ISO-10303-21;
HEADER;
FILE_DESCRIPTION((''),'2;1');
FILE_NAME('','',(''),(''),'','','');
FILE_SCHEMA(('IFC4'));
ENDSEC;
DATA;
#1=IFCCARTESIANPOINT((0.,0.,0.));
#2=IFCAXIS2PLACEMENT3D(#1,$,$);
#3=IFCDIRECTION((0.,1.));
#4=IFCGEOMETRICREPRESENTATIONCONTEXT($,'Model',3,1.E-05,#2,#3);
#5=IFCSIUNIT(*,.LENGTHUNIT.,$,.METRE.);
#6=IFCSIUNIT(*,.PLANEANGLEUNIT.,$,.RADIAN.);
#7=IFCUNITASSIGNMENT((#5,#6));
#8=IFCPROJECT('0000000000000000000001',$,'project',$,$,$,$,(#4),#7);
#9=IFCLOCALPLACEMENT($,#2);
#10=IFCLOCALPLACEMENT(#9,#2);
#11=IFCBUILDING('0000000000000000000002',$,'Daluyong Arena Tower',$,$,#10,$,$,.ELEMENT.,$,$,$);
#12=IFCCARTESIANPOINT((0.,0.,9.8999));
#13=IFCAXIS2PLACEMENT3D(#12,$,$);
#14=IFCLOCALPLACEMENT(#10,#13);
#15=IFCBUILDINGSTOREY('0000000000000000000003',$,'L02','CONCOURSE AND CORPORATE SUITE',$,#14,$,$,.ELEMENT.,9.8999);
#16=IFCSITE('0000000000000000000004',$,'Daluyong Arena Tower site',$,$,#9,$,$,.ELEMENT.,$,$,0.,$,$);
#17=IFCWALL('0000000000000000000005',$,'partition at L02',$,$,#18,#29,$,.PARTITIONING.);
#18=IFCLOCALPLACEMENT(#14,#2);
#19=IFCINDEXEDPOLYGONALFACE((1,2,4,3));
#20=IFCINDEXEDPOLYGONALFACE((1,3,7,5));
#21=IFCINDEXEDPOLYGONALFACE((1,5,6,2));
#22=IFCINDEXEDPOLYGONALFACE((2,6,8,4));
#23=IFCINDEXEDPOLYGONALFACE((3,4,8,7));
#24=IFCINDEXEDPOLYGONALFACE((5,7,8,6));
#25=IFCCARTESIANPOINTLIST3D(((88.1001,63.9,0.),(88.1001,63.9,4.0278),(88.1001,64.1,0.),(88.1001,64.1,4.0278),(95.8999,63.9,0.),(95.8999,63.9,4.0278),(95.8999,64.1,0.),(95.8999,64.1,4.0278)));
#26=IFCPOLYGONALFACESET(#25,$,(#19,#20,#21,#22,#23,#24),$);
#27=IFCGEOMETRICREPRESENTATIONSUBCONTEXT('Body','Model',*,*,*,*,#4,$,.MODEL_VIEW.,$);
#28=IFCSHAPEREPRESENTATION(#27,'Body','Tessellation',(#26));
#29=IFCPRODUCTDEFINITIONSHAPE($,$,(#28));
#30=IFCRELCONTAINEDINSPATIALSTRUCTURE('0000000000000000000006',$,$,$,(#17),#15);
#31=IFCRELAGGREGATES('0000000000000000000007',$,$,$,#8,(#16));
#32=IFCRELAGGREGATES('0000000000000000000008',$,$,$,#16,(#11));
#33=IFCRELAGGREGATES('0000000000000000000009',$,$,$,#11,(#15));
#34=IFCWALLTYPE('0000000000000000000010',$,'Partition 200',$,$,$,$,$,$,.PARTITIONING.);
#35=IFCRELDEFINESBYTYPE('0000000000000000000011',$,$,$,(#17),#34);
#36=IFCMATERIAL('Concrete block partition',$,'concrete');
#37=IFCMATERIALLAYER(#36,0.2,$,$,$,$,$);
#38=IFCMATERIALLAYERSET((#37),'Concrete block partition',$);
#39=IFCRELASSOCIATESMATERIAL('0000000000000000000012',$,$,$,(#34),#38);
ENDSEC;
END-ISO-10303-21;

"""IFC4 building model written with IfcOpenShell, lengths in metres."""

from ifc_helpers import new_model, si_unit, direction, frame, frame_2d, origin, place, context, subcontext, project, spatial, rectangle, extrude, material, layer, layer_set, type_object, element, save


model = new_model("IFC4")

# Units and contexts
model_context = context("Model", 3, precision=1e-05, world=origin(), true_north=direction((0.0, 1.0)))
body_context = subcontext(model_context, "Body", "Model", "MODEL_VIEW")
ifc_project = project(units=[si_unit("LENGTHUNIT", "METRE"), si_unit("PLANEANGLEUNIT", "RADIAN")], contexts=[model_context])

# Site, building, storey
site_placement = place(None, origin())
site = spatial("IfcSite", under=ifc_project, at=site_placement, Name="Daluyong Arena Tower site", CompositionType="ELEMENT", RefElevation=0.0)
building_placement = place(site_placement, origin())
building = spatial("IfcBuilding", under=site, at=building_placement, Name="Daluyong Arena Tower", CompositionType="ELEMENT")
storey_placement = place(building_placement, frame((0.0, 0.0, 9.8999)))
storey = spatial("IfcBuildingStorey", under=building, at=storey_placement, Name="L02", Description="CONCOURSE AND CORPORATE SUITE", CompositionType="ELEMENT", Elevation=9.8999)

# Wall
ifc_material_1 = material(Name="Concrete block partition", Category="concrete")
ifc_layer = layer(ifc_material_1, 0.2)
ifc_layer_set = layer_set([ifc_layer], Name="Concrete block partition")
wall_type = type_object("IfcWallType", Name="Partition 200", PredefinedType="PARTITIONING", material=ifc_layer_set)
wall_1_placement = place(storey_placement, frame((88.1001, 64.0, 0.0), z_axis=(0.0, 0.0, 1.0), x_axis=(1.0, 0.0, 0.0)))
element("IfcWall", 1, at=wall_1_placement, inside=storey, type_object=wall_type, Name="partition at L02", PredefinedType="PARTITIONING", context=body_context, shape_type="SweptSolid", body=[
    extrude(rectangle(XDim=7.7998, YDim=0.2, at=frame_2d((3.8999, 0.0))), origin(), (0.0, 0.0, 1.0), 4.0278),
])

save(model, "model.ifc")
